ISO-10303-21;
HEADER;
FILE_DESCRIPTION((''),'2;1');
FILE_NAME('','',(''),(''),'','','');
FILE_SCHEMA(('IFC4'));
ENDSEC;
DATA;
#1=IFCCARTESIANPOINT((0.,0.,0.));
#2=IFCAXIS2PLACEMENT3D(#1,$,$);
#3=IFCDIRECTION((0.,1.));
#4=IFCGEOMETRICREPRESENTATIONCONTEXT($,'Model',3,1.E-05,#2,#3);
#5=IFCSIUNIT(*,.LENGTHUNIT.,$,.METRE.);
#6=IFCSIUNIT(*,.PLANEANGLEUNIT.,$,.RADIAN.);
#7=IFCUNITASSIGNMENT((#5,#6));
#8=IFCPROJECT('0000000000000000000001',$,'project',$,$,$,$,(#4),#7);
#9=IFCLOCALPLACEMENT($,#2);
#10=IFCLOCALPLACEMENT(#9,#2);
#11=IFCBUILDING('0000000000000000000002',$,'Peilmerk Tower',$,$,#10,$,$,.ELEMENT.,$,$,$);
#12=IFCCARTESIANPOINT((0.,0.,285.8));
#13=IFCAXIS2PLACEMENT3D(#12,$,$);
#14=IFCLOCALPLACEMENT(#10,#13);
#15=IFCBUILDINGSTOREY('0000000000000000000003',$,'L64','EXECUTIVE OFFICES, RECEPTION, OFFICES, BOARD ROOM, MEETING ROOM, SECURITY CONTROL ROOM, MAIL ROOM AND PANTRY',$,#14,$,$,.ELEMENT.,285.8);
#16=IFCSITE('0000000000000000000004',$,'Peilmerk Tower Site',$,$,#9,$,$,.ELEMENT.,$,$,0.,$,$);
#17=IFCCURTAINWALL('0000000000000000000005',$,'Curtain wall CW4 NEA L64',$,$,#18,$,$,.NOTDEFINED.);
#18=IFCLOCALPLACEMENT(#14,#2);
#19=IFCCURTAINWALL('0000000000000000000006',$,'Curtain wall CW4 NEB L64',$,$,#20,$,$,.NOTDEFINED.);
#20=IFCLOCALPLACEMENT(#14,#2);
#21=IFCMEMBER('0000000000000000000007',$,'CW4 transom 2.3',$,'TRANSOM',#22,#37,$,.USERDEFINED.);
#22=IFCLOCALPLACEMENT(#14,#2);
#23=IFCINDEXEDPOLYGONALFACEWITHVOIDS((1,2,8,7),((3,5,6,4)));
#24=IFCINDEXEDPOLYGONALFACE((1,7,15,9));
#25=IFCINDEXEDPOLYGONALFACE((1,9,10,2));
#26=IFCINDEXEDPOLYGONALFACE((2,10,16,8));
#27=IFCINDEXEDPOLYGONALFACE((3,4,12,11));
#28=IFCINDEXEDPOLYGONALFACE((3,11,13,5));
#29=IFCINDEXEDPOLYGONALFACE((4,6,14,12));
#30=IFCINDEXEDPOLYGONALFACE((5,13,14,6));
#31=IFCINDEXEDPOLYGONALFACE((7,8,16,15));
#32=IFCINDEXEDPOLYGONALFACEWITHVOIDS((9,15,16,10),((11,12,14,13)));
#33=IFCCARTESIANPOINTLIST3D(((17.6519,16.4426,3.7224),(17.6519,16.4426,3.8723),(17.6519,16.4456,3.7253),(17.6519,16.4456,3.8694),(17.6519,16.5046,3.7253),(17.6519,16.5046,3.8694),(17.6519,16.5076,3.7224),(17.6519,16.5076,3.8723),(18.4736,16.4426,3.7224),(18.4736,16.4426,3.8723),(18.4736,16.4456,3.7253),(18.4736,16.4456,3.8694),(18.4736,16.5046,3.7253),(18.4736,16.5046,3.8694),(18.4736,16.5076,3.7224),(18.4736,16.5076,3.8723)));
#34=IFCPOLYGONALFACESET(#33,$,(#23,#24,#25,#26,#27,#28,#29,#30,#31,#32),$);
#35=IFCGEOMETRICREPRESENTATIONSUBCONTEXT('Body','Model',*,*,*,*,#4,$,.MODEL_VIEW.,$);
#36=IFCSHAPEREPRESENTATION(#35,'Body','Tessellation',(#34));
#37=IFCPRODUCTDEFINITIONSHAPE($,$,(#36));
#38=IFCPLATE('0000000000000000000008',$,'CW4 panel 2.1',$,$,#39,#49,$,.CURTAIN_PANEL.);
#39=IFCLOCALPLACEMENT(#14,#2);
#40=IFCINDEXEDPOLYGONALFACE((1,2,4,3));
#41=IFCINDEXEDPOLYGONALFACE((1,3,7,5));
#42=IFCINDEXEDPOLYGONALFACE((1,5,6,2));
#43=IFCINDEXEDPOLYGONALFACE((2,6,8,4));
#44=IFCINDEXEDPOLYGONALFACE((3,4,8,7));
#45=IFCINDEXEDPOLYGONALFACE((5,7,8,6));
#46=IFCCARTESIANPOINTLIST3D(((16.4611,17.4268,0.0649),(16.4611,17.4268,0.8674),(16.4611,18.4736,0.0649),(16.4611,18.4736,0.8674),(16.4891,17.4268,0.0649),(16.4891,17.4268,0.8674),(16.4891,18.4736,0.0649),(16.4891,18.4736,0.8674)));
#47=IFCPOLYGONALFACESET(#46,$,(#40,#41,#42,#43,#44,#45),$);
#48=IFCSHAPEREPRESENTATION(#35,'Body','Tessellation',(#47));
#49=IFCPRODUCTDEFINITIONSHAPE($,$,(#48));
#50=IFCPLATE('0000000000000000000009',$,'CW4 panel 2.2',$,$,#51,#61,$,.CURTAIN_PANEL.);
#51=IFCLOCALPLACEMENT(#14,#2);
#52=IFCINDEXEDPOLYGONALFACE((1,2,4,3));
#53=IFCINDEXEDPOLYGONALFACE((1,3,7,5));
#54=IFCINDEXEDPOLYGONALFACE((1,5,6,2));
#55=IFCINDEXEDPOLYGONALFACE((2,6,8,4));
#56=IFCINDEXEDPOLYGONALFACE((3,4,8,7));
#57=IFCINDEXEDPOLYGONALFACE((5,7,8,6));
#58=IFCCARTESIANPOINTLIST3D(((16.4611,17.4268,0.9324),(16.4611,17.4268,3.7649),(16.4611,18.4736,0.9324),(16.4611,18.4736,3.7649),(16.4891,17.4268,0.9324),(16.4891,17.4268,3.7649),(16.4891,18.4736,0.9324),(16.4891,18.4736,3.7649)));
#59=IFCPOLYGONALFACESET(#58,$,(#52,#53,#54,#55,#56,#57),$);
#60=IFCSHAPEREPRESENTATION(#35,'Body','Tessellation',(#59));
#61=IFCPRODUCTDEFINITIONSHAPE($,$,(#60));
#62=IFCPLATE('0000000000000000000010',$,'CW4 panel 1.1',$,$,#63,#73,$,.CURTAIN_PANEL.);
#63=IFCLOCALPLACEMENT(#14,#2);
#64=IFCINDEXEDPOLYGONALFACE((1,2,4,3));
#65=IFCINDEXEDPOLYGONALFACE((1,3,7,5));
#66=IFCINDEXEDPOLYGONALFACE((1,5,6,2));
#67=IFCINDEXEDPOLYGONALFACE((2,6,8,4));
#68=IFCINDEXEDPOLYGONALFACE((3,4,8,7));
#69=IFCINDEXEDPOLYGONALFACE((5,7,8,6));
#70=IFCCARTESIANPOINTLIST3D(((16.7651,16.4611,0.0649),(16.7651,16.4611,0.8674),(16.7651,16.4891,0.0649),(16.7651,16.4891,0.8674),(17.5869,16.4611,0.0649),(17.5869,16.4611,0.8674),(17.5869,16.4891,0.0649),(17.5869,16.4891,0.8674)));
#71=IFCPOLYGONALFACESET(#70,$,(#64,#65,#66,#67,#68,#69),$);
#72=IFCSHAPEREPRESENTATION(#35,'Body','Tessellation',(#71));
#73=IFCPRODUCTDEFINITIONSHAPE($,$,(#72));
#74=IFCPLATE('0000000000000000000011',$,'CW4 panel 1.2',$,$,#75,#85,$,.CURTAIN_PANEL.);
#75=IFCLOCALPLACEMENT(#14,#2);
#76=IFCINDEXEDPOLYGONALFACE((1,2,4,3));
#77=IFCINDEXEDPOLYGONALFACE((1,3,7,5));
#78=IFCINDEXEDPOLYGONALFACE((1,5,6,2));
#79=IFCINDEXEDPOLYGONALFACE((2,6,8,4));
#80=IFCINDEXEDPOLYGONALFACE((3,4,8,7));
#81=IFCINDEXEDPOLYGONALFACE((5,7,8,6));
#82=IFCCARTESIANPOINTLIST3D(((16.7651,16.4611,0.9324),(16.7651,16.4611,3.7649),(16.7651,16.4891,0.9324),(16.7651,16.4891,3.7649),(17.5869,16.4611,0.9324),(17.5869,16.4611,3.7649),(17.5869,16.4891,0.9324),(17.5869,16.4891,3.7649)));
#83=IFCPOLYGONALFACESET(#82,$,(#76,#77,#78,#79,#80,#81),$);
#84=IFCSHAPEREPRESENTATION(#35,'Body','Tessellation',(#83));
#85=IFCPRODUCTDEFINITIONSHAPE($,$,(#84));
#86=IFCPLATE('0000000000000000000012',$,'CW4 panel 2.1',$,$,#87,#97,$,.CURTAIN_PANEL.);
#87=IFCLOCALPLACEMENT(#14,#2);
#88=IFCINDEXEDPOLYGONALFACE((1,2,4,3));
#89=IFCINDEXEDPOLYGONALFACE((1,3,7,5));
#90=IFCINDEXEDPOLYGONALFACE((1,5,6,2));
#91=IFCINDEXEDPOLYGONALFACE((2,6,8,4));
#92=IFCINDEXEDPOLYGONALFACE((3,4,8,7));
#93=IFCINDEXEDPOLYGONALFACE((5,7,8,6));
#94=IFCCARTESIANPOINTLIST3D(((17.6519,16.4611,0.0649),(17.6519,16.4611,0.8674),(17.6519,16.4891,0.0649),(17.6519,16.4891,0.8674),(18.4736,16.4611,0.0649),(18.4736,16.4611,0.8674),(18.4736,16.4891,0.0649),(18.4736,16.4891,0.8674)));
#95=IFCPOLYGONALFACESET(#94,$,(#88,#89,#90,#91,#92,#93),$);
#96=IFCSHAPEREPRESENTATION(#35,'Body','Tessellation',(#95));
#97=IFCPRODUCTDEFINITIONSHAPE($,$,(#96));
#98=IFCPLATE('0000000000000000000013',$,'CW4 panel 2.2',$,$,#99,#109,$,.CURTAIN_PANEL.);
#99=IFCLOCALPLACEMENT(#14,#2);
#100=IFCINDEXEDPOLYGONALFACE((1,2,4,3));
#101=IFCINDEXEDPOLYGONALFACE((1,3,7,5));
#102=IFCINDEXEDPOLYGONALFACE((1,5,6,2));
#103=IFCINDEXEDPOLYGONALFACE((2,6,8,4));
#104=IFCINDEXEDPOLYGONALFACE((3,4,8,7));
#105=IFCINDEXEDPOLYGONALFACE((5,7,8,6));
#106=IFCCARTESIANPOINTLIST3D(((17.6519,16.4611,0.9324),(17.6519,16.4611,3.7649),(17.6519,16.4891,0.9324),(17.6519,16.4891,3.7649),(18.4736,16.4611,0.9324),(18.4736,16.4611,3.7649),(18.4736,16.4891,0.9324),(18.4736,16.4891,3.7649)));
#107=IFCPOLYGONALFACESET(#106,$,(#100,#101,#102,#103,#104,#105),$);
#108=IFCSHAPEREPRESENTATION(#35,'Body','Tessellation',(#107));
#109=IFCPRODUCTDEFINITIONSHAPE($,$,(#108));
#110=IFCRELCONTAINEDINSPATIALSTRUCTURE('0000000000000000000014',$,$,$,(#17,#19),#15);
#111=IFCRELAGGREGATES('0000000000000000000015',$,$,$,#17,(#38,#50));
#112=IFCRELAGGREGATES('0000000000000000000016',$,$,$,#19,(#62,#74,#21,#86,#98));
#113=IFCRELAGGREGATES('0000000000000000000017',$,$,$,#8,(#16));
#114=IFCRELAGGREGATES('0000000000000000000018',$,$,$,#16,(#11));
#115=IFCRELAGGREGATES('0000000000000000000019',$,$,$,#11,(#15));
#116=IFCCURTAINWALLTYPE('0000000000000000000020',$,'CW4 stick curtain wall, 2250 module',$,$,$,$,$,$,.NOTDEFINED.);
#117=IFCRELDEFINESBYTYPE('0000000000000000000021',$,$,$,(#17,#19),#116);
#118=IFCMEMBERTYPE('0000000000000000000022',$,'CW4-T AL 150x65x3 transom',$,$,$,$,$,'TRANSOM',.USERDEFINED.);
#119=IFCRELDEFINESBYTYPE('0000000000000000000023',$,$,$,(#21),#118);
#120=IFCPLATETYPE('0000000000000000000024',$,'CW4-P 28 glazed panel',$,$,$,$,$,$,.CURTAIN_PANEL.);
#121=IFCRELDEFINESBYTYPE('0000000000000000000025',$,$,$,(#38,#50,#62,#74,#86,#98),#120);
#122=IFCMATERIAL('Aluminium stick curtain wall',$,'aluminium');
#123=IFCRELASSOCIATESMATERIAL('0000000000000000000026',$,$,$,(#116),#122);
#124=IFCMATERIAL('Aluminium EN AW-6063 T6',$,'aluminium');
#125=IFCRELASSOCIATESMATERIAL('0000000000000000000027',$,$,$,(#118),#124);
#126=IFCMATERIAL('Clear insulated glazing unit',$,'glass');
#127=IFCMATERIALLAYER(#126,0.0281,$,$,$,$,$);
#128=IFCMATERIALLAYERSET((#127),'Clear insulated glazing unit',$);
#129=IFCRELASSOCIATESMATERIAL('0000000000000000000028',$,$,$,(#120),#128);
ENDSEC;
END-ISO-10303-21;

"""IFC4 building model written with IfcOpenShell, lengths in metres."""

from ifc_helpers import new_model, si_unit, direction, frame, origin, origin_2d, place, context, subcontext, project, spatial, rectangle, hollow_rectangle, extrude, material, layer, layer_set, material_profile, profile_set, type_object, element, aggregate, save


model = new_model("IFC4")

# Units and contexts
model_context = context("Model", 3, precision=1e-05, world=origin(), true_north=direction((0.0, 1.0)))
body_context = subcontext(model_context, "Body", "Model", "MODEL_VIEW")
ifc_project = project(units=[si_unit("LENGTHUNIT", "METRE"), si_unit("PLANEANGLEUNIT", "RADIAN")], contexts=[model_context])

# Site, building, storey
site_placement = place(None, origin())
site = spatial("IfcSite", under=ifc_project, at=site_placement, Name="Peilmerk Tower Site", CompositionType="ELEMENT", RefElevation=0.0)
building_placement = place(site_placement, origin())
building = spatial("IfcBuilding", under=site, at=building_placement, Name="Peilmerk Tower", CompositionType="ELEMENT")
storey_placement = place(building_placement, frame((0.0, 0.0, 285.8)))
storey = spatial("IfcBuildingStorey", under=building, at=storey_placement, Name="L64", Description="EXECUTIVE OFFICES, RECEPTION, OFFICES, BOARD ROOM, MEETING ROOM, SECURITY CONTROL ROOM, MAIL ROOM AND PANTRY", CompositionType="ELEMENT", Elevation=285.8)

# Curtain wall
ifc_material_1 = material(Name="Aluminium stick curtain wall", Category="aluminium")
curtain_wall_type = type_object("IfcCurtainWallType", Name="CW4 stick curtain wall, 2250 module", PredefinedType="NOTDEFINED", material=ifc_material_1)
curtain_wall_1_placement = place(storey_placement, origin())
curtain_wall_1 = element("IfcCurtainWall", 1, at=curtain_wall_1_placement, inside=storey, type_object=curtain_wall_type, Name="Curtain wall CW4 NEA L64", PredefinedType="NOTDEFINED")
ifc_material_2 = material(Name="Aluminium EN AW-6063 T6", Category="aluminium")

# Curtain wall
curtain_wall_2_placement = place(storey_placement, origin())
curtain_wall_2 = element("IfcCurtainWall", 2, at=curtain_wall_2_placement, inside=storey, type_object=curtain_wall_type, Name="Curtain wall CW4 NEB L64", PredefinedType="NOTDEFINED")

# Member
ifc_material_profile_1 = material_profile(ifc_material_2, hollow_rectangle(XDim=0.0649, YDim=0.1499, WallThickness=0.0029, at=origin_2d()), Name="AL 150x65x3")
ifc_profile_set_1 = profile_set([ifc_material_profile_1], Name="Aluminium EN AW-6063 T6")
member_type_1 = type_object("IfcMemberType", Name="CW4-T AL 150x65x3 transom", ElementType="TRANSOM", PredefinedType="USERDEFINED", material=ifc_profile_set_1)
member_1_placement = place(storey_placement, frame((17.6519, 16.4751, 3.7974), z_axis=(1.0, 0.0, 0.0), x_axis=(0.0, 1.0, 0.0)))
member_1 = element("IfcMember", 3, at=member_1_placement, type_object=member_type_1, Name="CW4 transom 2.3", ObjectType="TRANSOM", PredefinedType="USERDEFINED", context=body_context, shape_type="SweptSolid", body=[
    extrude(hollow_rectangle(XDim=0.0649, YDim=0.1499, WallThickness=0.0029, at=origin_2d()), origin(), (0.0, 0.0, 1.0), 0.8218),
])

# Plates
ifc_material_3 = material(Name="Clear insulated glazing unit", Category="glass")
ifc_layer_1 = layer(ifc_material_3, 0.0281)
ifc_layer_set_1 = layer_set([ifc_layer_1], Name="Clear insulated glazing unit")
plate_type = type_object("IfcPlateType", Name="CW4-P 28 glazed panel", PredefinedType="CURTAIN_PANEL", material=ifc_layer_set_1)
plate_1_placement = place(storey_placement, frame((16.4751, 17.9502, 0.0649), z_axis=(0.0, 0.0, 1.0), x_axis=(0.0, 1.0, 0.0)))
plate_1 = element("IfcPlate", 4, at=plate_1_placement, type_object=plate_type, Name="CW4 panel 2.1", PredefinedType="CURTAIN_PANEL", context=body_context, shape_type="SweptSolid", body=[
    extrude(rectangle(XDim=1.0469, YDim=0.0281, at=origin_2d()), origin(), (0.0, 0.0, 1.0), 0.8025),
])
plate_2_placement = place(storey_placement, frame((16.4751, 17.9502, 0.9324), z_axis=(0.0, 0.0, 1.0), x_axis=(0.0, 1.0, 0.0)))
plate_2 = element("IfcPlate", 5, at=plate_2_placement, type_object=plate_type, Name="CW4 panel 2.2", PredefinedType="CURTAIN_PANEL", context=body_context, shape_type="SweptSolid", body=[
    extrude(rectangle(XDim=1.0469, YDim=0.0281, at=origin_2d()), origin(), (0.0, 0.0, 1.0), 2.8325),
])
aggregate(curtain_wall_1, [plate_1, plate_2])
plate_3_placement = place(storey_placement, frame((17.176, 16.4751, 0.0649), z_axis=(0.0, 0.0, 1.0), x_axis=(1.0, 0.0, 0.0)))
plate_3 = element("IfcPlate", 6, at=plate_3_placement, type_object=plate_type, Name="CW4 panel 1.1", PredefinedType="CURTAIN_PANEL", context=body_context, shape_type="SweptSolid", body=[
    extrude(rectangle(XDim=0.8218, YDim=0.0281, at=origin_2d()), origin(), (0.0, 0.0, 1.0), 0.8025),
])
plate_4_placement = place(storey_placement, frame((17.176, 16.4751, 0.9324), z_axis=(0.0, 0.0, 1.0), x_axis=(1.0, 0.0, 0.0)))
plate_4 = element("IfcPlate", 7, at=plate_4_placement, type_object=plate_type, Name="CW4 panel 1.2", PredefinedType="CURTAIN_PANEL", context=body_context, shape_type="SweptSolid", body=[
    extrude(rectangle(XDim=0.8218, YDim=0.0281, at=origin_2d()), origin(), (0.0, 0.0, 1.0), 2.8325),
])
plate_5_placement = place(storey_placement, frame((18.0627, 16.4751, 0.0649), z_axis=(0.0, 0.0, 1.0), x_axis=(1.0, 0.0, 0.0)))
plate_5 = element("IfcPlate", 8, at=plate_5_placement, type_object=plate_type, Name="CW4 panel 2.1", PredefinedType="CURTAIN_PANEL", context=body_context, shape_type="SweptSolid", body=[
    extrude(rectangle(XDim=0.8218, YDim=0.0281, at=origin_2d()), origin(), (0.0, 0.0, 1.0), 0.8025),
])
plate_6_placement = place(storey_placement, frame((18.0627, 16.4751, 0.9324), z_axis=(0.0, 0.0, 1.0), x_axis=(1.0, 0.0, 0.0)))
plate_6 = element("IfcPlate", 9, at=plate_6_placement, type_object=plate_type, Name="CW4 panel 2.2", PredefinedType="CURTAIN_PANEL", context=body_context, shape_type="SweptSolid", body=[
    extrude(rectangle(XDim=0.8218, YDim=0.0281, at=origin_2d()), origin(), (0.0, 0.0, 1.0), 2.8325),
])
aggregate(curtain_wall_2, [plate_3, plate_4, member_1, plate_5, plate_6])

save(model, "model.ifc")
